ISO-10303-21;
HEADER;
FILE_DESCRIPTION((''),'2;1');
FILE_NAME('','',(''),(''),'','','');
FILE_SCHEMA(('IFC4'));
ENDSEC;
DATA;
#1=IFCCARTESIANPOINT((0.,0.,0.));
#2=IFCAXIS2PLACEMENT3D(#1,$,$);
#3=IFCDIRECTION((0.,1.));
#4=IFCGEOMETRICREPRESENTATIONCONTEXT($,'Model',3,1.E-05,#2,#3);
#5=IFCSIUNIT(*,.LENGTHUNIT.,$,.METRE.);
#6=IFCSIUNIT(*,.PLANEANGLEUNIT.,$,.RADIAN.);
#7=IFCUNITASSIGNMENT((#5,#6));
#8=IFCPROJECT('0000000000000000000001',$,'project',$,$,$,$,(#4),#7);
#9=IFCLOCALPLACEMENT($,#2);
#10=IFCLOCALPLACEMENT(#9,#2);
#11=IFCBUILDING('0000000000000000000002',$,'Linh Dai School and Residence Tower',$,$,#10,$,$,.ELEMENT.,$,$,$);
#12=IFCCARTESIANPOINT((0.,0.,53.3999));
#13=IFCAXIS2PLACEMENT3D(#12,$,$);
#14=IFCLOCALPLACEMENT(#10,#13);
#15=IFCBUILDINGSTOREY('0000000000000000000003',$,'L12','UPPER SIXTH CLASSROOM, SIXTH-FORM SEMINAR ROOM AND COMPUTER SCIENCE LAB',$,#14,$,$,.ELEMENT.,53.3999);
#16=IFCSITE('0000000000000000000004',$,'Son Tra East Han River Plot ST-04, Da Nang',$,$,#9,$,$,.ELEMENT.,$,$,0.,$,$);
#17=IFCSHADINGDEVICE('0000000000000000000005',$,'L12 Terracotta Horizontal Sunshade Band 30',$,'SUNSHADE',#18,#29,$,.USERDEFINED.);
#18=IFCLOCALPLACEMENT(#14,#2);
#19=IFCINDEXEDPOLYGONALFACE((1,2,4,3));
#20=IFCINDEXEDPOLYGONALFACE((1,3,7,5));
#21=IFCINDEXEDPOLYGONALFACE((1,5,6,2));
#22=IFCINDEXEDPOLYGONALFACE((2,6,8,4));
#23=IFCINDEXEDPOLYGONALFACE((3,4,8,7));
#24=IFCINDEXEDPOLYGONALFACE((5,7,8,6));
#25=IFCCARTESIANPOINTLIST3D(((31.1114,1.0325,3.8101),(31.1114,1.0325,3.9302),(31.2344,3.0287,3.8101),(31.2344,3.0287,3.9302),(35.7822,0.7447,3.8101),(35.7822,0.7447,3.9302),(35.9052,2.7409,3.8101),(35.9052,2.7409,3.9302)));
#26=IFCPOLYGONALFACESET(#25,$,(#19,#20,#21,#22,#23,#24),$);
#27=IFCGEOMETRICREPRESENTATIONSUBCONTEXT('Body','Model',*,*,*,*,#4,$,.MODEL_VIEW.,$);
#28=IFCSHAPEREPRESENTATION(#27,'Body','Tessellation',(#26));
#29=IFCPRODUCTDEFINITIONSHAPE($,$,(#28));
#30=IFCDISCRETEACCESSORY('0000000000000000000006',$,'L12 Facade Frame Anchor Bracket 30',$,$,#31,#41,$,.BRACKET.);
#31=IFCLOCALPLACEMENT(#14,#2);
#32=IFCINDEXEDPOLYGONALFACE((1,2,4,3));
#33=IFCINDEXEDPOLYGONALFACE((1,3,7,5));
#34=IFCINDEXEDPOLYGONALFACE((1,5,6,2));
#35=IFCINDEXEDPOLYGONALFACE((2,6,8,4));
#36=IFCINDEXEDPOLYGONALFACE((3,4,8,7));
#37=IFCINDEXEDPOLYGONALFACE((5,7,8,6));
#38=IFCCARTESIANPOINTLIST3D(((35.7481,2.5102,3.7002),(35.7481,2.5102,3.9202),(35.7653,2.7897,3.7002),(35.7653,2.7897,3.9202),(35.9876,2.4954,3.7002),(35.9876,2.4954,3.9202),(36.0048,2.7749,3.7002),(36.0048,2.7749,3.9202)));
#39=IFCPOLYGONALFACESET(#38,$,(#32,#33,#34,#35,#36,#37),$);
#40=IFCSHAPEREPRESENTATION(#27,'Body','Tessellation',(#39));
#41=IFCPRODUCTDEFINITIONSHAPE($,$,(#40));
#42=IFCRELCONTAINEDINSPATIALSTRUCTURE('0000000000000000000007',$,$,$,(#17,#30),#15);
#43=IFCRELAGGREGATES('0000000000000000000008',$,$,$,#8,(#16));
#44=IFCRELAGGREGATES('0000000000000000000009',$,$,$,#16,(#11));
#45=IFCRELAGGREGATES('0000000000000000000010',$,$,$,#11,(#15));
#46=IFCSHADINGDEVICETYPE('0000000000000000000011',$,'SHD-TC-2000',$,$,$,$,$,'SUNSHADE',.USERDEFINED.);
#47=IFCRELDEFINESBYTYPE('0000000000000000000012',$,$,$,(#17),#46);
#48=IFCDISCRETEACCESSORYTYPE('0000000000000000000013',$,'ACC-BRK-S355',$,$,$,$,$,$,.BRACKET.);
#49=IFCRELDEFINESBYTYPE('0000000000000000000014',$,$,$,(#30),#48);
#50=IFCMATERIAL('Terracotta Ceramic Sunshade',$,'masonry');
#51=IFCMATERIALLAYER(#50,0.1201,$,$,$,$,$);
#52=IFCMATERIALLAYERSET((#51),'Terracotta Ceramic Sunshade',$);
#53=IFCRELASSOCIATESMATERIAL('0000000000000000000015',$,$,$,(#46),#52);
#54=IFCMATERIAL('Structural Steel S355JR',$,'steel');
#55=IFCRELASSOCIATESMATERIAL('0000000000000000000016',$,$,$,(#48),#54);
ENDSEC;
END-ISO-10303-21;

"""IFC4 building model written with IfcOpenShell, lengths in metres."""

from ifc_helpers import new_model, si_unit, direction, frame, origin, origin_2d, place, context, subcontext, project, spatial, rectangle, extrude, source, transform, mapped, material, layer, layer_set, type_object, element, save


model = new_model("IFC4")

# Units and contexts
model_context = context("Model", 3, precision=1e-05, world=origin(), true_north=direction((0.0, 1.0)))
body_context = subcontext(model_context, "Body", "Model", "MODEL_VIEW")
ifc_project = project(units=[si_unit("LENGTHUNIT", "METRE"), si_unit("PLANEANGLEUNIT", "RADIAN")], contexts=[model_context])

# Site, building, storey
site_placement = place(None, origin())
site = spatial("IfcSite", under=ifc_project, at=site_placement, Name="Son Tra East Han River Plot ST-04, Da Nang", CompositionType="ELEMENT", RefElevation=0.0)
building_placement = place(site_placement, origin())
building = spatial("IfcBuilding", under=site, at=building_placement, Name="Linh Dai School and Residence Tower", CompositionType="ELEMENT")
storey_placement = place(building_placement, frame((0.0, 0.0, 53.3999)))
storey = spatial("IfcBuildingStorey", under=building, at=storey_placement, Name="L12", Description="UPPER SIXTH CLASSROOM, SIXTH-FORM SEMINAR ROOM AND COMPUTER SCIENCE LAB", CompositionType="ELEMENT", Elevation=53.3999)

# Shared definitions
ifc_material_1 = material(Name="Structural Steel S355JR", Category="steel")

# Shading device
ifc_material_2 = material(Name="Terracotta Ceramic Sunshade", Category="masonry")
ifc_layer_1 = layer(ifc_material_2, 0.1201)
ifc_layer_set_1 = layer_set([ifc_layer_1], Name="Terracotta Ceramic Sunshade")
shading_device_type = type_object("IfcShadingDeviceType", Name="SHD-TC-2000", ElementType="SUNSHADE", PredefinedType="USERDEFINED", material=ifc_layer_set_1)
shared_shape_1 = source(origin(), body_context, "Body", "SweptSolid", [
    extrude(rectangle(XDim=4.6797, YDim=2.0, at=origin_2d()), origin(), (0.0, 0.0, 1.0), 0.1201),
])
shading_device_placement = place(storey_placement, frame((33.5083, 1.8867, 3.8101), z_axis=(0.0, 0.0, 1.0), x_axis=(-0.998107, 0.061507, 0.0)))
element("IfcShadingDevice", 1, at=shading_device_placement, inside=storey, type_object=shading_device_type, Name="L12 Terracotta Horizontal Sunshade Band 30", ObjectType="SUNSHADE", PredefinedType="USERDEFINED", context=body_context, shape_type="MappedRepresentation", body=[
    mapped(shared_shape_1, transform((0.0, 0.0, 0.0), x_axis=(1.0, 0.0, 0.0), y_axis=(0.0, 1.0, 0.0), z_axis=(0.0, 0.0, 1.0), scale=1.0)),
])

# Discrete accessory
discrete_accessory_type = type_object("IfcDiscreteAccessoryType", Name="ACC-BRK-S355", PredefinedType="BRACKET", material=ifc_material_1)
shared_shape_2 = source(origin(), body_context, "Body", "SweptSolid", [
    extrude(rectangle(XDim=0.28, YDim=0.24, at=origin_2d()), origin(), (0.0, 0.0, 1.0), 0.22),
])
discrete_accessory_placement = place(storey_placement, frame((35.8765, 2.6426, 3.7002), z_axis=(0.0, 0.0, 1.0), x_axis=(-0.061507, -0.998107, 0.0)))
element("IfcDiscreteAccessory", 2, at=discrete_accessory_placement, inside=storey, type_object=discrete_accessory_type, Name="L12 Facade Frame Anchor Bracket 30", PredefinedType="BRACKET", context=body_context, shape_type="MappedRepresentation", body=[
    mapped(shared_shape_2, transform((0.0, 0.0, 0.0), x_axis=(1.0, 0.0, 0.0), y_axis=(0.0, 1.0, 0.0), z_axis=(0.0, 0.0, 1.0), scale=1.0)),
])

save(model, "model.ifc")
